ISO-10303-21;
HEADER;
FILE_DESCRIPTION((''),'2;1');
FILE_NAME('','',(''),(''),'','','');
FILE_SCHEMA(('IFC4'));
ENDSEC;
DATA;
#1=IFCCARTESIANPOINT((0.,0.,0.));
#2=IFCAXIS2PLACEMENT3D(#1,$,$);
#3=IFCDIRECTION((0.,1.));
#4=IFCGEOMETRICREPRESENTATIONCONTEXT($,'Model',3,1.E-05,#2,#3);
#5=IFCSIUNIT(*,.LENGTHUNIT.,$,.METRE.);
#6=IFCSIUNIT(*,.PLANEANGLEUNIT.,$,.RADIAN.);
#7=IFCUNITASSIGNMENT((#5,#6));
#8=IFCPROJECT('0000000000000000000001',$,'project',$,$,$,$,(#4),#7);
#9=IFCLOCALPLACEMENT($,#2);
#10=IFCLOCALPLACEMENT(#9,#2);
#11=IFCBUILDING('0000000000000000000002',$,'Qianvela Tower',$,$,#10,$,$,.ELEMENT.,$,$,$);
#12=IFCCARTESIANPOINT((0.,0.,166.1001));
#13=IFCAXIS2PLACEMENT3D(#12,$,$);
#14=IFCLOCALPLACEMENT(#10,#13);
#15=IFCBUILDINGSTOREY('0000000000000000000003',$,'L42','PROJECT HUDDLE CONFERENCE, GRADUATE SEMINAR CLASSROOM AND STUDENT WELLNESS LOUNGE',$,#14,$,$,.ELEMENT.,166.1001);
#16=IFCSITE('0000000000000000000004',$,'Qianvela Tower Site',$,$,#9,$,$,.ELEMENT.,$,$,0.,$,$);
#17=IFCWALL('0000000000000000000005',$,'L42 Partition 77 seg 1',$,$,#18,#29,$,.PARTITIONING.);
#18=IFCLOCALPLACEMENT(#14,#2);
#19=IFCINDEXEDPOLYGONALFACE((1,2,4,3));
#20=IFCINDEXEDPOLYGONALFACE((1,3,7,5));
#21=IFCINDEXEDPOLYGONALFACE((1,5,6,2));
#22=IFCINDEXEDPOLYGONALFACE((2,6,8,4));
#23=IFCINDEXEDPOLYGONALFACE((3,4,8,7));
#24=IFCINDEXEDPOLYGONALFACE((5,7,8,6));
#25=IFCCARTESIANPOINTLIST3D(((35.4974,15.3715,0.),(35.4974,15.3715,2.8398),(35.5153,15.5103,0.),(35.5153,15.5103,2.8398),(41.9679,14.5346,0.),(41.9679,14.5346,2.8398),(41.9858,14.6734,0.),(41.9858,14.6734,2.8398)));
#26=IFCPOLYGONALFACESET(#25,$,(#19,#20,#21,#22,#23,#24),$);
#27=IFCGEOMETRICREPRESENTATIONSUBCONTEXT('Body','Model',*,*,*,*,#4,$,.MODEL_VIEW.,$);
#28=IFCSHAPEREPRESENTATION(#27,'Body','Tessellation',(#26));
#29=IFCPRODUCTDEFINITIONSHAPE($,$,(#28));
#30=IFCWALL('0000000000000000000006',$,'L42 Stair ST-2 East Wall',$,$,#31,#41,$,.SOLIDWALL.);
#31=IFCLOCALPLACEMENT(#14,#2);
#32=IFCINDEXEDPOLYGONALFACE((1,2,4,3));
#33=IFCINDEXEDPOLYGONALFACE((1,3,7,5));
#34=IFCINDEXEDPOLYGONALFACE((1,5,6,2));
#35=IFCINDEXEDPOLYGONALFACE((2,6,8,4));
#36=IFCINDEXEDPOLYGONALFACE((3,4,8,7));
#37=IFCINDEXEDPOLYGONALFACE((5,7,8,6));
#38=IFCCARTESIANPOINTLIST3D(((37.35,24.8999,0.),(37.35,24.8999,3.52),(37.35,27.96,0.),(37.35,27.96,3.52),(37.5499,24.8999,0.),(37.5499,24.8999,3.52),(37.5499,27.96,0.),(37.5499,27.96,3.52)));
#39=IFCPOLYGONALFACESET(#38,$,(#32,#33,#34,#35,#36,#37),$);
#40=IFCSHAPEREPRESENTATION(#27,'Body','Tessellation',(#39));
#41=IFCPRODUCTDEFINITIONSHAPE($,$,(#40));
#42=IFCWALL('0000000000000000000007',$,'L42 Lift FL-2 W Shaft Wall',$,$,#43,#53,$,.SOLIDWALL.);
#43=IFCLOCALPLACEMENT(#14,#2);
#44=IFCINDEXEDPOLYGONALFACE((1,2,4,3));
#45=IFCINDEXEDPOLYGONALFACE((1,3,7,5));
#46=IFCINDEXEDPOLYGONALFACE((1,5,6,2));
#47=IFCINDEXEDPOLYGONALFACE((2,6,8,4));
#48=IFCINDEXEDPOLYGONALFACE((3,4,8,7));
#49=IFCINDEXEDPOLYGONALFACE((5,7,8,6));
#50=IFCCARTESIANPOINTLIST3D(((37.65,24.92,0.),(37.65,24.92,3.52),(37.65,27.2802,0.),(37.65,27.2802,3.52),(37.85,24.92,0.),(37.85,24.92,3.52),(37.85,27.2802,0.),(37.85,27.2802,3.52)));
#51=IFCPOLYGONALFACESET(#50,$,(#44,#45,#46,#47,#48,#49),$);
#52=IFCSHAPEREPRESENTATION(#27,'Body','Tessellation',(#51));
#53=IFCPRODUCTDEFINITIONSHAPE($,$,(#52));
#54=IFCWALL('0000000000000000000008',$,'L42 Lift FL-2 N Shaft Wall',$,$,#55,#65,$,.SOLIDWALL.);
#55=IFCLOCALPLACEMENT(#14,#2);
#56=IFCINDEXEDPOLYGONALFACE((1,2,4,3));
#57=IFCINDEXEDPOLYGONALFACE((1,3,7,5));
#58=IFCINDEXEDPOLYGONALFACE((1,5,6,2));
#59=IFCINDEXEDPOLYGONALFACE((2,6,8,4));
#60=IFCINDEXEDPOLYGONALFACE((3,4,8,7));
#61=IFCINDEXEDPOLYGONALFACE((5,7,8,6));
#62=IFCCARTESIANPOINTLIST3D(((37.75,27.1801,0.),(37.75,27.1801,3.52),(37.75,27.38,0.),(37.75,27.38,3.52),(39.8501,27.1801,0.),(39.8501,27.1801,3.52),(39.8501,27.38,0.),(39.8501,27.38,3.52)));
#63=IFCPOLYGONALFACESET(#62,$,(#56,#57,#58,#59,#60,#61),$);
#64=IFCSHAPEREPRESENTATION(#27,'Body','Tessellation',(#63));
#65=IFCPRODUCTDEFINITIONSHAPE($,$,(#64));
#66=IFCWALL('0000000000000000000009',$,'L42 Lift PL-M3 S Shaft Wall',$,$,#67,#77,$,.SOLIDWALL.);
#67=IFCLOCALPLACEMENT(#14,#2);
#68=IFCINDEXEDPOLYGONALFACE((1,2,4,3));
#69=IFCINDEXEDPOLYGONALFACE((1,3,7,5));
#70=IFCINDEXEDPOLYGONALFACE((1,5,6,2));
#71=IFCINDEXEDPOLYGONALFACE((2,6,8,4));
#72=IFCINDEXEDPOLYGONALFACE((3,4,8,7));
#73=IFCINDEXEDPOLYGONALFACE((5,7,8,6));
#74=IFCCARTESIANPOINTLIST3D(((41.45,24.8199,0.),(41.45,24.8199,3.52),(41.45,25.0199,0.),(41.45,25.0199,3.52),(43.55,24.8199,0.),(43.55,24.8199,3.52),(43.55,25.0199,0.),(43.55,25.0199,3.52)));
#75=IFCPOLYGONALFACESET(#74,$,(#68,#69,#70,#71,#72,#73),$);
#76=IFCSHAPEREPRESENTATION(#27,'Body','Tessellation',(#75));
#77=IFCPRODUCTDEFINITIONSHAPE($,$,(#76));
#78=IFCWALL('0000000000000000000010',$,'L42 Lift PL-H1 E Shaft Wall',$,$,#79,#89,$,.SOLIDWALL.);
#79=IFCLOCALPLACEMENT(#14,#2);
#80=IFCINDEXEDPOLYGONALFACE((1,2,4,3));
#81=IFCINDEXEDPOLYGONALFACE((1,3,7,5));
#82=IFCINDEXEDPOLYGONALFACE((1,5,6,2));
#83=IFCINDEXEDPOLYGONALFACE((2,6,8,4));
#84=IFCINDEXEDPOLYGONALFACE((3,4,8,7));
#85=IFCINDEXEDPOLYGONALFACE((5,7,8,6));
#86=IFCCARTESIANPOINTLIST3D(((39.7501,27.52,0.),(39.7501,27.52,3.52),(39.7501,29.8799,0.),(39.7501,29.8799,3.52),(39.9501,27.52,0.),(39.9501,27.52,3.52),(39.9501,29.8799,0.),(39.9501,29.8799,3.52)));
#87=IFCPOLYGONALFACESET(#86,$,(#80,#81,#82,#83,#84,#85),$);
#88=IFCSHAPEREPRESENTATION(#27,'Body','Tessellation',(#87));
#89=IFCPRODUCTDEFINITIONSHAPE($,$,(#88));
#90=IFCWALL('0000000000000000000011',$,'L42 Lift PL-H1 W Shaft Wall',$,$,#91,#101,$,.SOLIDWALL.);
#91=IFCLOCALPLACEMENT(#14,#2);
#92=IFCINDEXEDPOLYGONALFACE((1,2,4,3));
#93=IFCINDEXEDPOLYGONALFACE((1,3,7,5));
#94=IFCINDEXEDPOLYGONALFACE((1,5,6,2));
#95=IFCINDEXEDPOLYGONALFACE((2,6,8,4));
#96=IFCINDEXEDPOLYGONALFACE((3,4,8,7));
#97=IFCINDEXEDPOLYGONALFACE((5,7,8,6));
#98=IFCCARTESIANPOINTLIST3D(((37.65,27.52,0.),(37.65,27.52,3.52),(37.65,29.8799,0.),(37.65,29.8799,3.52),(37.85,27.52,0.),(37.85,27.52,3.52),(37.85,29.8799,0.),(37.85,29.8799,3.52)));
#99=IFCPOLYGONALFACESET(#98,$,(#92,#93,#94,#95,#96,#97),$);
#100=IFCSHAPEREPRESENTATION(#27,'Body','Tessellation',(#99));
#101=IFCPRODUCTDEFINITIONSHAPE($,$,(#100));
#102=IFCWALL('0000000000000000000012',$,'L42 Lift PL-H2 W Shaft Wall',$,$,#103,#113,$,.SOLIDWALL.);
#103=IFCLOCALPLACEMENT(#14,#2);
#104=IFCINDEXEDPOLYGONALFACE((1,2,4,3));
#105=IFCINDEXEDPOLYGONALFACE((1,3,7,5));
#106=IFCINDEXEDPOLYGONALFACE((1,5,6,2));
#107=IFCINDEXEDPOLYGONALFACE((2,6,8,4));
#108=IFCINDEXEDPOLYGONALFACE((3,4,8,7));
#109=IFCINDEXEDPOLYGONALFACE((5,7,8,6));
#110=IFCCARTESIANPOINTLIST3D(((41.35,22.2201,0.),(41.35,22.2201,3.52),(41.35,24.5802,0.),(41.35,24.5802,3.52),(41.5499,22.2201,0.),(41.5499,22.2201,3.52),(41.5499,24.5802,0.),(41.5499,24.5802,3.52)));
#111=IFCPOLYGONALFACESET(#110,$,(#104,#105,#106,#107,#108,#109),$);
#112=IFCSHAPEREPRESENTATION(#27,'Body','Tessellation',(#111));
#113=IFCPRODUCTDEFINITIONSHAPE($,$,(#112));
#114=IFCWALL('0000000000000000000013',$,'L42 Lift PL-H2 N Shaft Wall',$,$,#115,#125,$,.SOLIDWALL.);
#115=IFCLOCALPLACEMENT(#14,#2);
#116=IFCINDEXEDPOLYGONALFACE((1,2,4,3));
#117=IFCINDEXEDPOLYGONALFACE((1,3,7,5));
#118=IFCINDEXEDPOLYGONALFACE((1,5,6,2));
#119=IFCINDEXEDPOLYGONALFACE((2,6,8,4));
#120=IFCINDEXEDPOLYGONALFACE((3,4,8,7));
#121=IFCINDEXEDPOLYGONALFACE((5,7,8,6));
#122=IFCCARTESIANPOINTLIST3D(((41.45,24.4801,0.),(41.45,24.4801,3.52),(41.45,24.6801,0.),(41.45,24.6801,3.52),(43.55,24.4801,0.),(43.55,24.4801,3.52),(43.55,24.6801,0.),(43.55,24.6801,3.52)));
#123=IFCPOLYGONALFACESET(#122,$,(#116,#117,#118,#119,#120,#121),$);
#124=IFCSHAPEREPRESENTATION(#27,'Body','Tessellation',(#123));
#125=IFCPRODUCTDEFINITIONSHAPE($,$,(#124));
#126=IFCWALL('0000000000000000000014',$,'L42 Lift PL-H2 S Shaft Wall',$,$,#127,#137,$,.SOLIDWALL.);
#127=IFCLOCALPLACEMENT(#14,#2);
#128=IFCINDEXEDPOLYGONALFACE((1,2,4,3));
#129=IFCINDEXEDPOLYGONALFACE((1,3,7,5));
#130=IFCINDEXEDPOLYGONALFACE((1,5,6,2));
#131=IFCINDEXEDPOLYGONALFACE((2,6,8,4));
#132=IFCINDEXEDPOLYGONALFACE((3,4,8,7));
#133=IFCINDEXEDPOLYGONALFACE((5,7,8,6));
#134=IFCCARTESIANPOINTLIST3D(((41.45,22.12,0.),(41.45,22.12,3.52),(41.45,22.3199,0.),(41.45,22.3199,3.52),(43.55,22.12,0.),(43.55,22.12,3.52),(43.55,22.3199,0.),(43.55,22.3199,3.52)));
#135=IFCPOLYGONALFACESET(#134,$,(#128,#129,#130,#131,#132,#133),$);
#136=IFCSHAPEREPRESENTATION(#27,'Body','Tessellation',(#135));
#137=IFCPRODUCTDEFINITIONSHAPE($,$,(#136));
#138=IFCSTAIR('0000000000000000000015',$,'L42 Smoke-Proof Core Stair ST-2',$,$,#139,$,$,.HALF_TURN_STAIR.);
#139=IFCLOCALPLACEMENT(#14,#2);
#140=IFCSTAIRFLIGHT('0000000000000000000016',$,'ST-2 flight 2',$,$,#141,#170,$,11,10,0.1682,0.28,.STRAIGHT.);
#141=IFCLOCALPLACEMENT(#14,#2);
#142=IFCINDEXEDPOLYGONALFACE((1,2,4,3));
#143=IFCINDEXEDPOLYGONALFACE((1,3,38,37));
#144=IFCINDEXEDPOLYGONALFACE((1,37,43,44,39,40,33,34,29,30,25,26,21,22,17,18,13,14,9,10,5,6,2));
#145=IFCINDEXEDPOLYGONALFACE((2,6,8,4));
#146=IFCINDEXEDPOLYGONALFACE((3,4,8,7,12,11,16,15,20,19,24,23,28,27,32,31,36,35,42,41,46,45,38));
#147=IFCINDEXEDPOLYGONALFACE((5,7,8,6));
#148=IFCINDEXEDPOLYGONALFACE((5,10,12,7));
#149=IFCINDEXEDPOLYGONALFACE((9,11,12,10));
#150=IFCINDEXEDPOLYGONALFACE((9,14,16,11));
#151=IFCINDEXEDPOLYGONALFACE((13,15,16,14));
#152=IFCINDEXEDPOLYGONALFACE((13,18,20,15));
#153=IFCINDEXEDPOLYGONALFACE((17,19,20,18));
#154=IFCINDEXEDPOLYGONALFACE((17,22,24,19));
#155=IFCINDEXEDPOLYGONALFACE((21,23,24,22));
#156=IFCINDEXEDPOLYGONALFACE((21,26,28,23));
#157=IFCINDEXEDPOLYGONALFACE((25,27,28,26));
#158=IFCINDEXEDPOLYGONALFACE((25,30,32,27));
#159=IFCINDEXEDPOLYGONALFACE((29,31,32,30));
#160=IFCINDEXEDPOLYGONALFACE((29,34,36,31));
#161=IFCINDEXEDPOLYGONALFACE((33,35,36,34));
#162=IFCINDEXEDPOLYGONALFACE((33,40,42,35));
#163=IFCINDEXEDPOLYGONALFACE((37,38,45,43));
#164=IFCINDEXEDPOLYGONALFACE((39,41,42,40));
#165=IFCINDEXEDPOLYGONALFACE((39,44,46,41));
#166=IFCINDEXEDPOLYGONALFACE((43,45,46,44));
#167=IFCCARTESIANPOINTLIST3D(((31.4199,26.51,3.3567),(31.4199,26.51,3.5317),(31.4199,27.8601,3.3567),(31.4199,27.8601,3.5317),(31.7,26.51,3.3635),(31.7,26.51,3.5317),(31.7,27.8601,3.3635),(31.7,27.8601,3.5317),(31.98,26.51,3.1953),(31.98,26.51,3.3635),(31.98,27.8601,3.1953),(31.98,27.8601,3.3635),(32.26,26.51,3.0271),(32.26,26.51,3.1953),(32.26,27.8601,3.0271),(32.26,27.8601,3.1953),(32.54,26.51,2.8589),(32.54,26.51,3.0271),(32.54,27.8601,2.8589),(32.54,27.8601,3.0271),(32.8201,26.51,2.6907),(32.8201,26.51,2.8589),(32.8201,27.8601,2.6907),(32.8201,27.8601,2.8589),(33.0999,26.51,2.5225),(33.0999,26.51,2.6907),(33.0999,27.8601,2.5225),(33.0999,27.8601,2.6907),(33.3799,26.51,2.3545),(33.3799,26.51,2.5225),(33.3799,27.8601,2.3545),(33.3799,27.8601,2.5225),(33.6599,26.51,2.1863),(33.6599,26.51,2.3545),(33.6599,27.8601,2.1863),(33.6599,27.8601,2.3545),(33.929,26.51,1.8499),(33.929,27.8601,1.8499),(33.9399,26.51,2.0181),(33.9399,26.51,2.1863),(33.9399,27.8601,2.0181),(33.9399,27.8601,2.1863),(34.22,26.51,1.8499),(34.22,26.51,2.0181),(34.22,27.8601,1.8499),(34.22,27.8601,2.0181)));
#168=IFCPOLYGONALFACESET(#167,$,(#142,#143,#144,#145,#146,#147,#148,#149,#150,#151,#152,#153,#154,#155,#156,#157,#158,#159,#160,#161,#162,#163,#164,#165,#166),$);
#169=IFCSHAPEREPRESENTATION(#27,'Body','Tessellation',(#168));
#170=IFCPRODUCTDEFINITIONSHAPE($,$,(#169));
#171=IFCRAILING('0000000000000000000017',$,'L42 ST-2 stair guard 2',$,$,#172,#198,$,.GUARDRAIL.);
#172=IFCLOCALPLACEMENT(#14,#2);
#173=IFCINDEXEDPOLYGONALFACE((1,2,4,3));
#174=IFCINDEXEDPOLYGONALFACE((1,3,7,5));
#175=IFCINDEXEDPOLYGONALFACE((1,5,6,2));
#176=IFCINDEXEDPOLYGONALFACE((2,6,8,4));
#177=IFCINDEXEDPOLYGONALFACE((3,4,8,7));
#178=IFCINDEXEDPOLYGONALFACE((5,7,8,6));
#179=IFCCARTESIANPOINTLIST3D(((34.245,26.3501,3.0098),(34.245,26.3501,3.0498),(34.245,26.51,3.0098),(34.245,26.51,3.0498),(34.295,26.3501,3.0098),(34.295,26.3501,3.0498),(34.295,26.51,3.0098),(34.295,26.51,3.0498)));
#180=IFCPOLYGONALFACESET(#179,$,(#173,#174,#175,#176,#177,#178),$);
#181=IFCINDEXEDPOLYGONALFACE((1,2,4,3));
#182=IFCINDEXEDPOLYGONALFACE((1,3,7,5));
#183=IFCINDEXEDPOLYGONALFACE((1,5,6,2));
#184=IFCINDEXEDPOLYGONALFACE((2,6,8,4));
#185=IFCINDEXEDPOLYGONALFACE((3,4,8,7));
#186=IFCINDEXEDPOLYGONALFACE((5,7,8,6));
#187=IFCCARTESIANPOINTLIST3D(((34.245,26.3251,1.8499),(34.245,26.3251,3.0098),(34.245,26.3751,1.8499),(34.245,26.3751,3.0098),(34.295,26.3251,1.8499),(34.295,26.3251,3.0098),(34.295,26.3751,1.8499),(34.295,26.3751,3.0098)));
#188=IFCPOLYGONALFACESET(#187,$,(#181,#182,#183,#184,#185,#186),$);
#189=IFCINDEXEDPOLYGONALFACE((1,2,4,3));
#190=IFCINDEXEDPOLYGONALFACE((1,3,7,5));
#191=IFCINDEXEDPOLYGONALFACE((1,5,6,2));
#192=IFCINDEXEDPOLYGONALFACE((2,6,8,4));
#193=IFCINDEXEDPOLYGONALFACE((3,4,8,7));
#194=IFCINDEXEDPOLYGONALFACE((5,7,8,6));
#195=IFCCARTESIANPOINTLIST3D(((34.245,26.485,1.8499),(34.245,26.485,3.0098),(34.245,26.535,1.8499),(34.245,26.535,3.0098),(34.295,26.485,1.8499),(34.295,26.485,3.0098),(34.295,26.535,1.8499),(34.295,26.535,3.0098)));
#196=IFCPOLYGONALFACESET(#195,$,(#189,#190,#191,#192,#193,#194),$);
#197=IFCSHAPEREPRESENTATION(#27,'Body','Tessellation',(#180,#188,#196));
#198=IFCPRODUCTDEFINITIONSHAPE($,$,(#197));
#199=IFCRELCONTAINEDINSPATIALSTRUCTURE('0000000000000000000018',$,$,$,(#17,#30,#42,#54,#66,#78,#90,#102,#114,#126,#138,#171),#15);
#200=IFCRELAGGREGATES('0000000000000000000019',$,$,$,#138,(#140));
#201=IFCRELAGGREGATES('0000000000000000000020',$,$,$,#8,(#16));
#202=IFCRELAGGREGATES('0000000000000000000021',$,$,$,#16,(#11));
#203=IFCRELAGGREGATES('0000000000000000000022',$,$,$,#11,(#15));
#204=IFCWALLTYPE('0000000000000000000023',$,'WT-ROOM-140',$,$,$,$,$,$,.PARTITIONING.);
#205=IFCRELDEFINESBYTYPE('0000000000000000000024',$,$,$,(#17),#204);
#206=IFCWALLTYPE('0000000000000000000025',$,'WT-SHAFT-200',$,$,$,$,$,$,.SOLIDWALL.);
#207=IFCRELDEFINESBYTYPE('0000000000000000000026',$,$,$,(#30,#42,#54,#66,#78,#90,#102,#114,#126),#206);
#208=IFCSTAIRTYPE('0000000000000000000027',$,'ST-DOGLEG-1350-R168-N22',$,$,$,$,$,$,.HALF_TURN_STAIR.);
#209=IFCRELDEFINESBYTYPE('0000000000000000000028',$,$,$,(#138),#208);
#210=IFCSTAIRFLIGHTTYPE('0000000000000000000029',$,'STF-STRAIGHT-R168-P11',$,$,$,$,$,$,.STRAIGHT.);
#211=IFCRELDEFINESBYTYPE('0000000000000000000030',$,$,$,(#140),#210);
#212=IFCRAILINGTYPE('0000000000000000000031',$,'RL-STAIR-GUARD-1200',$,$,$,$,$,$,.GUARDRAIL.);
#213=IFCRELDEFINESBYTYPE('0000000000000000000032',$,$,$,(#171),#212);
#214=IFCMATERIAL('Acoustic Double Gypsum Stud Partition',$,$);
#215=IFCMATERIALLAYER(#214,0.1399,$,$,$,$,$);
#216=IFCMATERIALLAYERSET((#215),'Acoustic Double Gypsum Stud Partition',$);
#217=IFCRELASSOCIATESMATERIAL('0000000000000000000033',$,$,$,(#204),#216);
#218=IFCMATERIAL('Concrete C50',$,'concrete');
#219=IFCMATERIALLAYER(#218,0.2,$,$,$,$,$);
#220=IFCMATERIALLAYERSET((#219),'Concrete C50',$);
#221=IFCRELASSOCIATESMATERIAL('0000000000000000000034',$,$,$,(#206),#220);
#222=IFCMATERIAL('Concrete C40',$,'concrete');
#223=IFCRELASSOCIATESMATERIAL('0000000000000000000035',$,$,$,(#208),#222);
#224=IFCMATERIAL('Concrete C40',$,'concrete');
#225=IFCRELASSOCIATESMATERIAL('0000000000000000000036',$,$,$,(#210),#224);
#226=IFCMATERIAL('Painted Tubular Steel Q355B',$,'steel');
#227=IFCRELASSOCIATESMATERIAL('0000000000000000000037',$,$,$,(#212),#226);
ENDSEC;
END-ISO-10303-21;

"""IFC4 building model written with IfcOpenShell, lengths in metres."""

from ifc_helpers import new_model, si_unit, direction, frame, frame_2d, origin, origin_2d, place, context, subcontext, project, spatial, polyline, rectangle, outline, extrude, material, layer, layer_set, type_object, element, aggregate, save


model = new_model("IFC4")

# Units and contexts
model_context = context("Model", 3, precision=1e-05, world=origin(), true_north=direction((0.0, 1.0)))
body_context = subcontext(model_context, "Body", "Model", "MODEL_VIEW")
ifc_project = project(units=[si_unit("LENGTHUNIT", "METRE"), si_unit("PLANEANGLEUNIT", "RADIAN")], contexts=[model_context])

# Site, building, storey
site_placement = place(None, origin())
site = spatial("IfcSite", under=ifc_project, at=site_placement, Name="Qianvela Tower Site", CompositionType="ELEMENT", RefElevation=0.0)
building_placement = place(site_placement, origin())
building = spatial("IfcBuilding", under=site, at=building_placement, Name="Qianvela Tower", CompositionType="ELEMENT")
storey_placement = place(building_placement, frame((0.0, 0.0, 166.1001)))
storey = spatial("IfcBuildingStorey", under=building, at=storey_placement, Name="L42", Description="PROJECT HUDDLE CONFERENCE, GRADUATE SEMINAR CLASSROOM AND STUDENT WELLNESS LOUNGE", CompositionType="ELEMENT", Elevation=166.1001)

# Walls
ifc_material_1 = material(Name="Acoustic Double Gypsum Stud Partition")
ifc_layer_1 = layer(ifc_material_1, 0.1399)
ifc_layer_set_1 = layer_set([ifc_layer_1], Name="Acoustic Double Gypsum Stud Partition")
wall_type_1 = type_object("IfcWallType", Name="WT-ROOM-140", PredefinedType="PARTITIONING", material=ifc_layer_set_1)
wall_1_placement = place(storey_placement, frame((35.5063, 15.4409, 0.0), z_axis=(0.0, 0.0, 1.0), x_axis=(0.991739, -0.128275, 0.0)))
element("IfcWall", 1, at=wall_1_placement, inside=storey, type_object=wall_type_1, Name="L42 Partition 77 seg 1", PredefinedType="PARTITIONING", context=body_context, shape_type="SweptSolid", body=[
    extrude(rectangle(XDim=6.5244, YDim=0.1399, at=frame_2d((3.2622, 0.0))), origin(), (0.0, 0.0, 1.0), 2.8398),
])
ifc_material_2 = material(Name="Concrete C50", Category="concrete")
ifc_layer_2 = layer(ifc_material_2, 0.2)
ifc_layer_set_2 = layer_set([ifc_layer_2], Name="Concrete C50")
wall_type_2 = type_object("IfcWallType", Name="WT-SHAFT-200", PredefinedType="SOLIDWALL", material=ifc_layer_set_2)
wall_2_placement = place(storey_placement, frame((37.45, 24.8999, 0.0), z_axis=(0.0, 0.0, 1.0), x_axis=(0.0, 1.0, 0.0)))
element("IfcWall", 2, at=wall_2_placement, inside=storey, type_object=wall_type_2, Name="L42 Stair ST-2 East Wall", PredefinedType="SOLIDWALL", context=body_context, shape_type="SweptSolid", body=[
    extrude(rectangle(XDim=3.0601, YDim=0.2, at=frame_2d((1.53, 0.0))), origin(), (0.0, 0.0, 1.0), 3.52),
])

# Walls
wall_3_placement = place(storey_placement, frame((37.75, 24.9199, 0.0), z_axis=(0.0, 0.0, 1.0), x_axis=(0.0, 1.0, 0.0)))
element("IfcWall", 3, at=wall_3_placement, inside=storey, type_object=wall_type_2, Name="L42 Lift FL-2 W Shaft Wall", PredefinedType="SOLIDWALL", context=body_context, shape_type="SweptSolid", body=[
    extrude(rectangle(XDim=2.3601, YDim=0.2, at=frame_2d((1.1802, 0.0))), origin(), (0.0, 0.0, 1.0), 3.52),
])
wall_4_placement = place(storey_placement, frame((37.75, 27.28, 0.0), z_axis=(0.0, 0.0, 1.0), x_axis=(1.0, 0.0, 0.0)))
element("IfcWall", 4, at=wall_4_placement, inside=storey, type_object=wall_type_2, Name="L42 Lift FL-2 N Shaft Wall", PredefinedType="SOLIDWALL", context=body_context, shape_type="SweptSolid", body=[
    extrude(rectangle(XDim=2.1001, YDim=0.2, at=frame_2d((1.05, 0.0))), origin(), (0.0, 0.0, 1.0), 3.52),
])

# Walls
wall_5_placement = place(storey_placement, frame((41.45, 24.9199, 0.0), z_axis=(0.0, 0.0, 1.0), x_axis=(1.0, 0.0, 0.0)))
element("IfcWall", 5, at=wall_5_placement, inside=storey, type_object=wall_type_2, Name="L42 Lift PL-M3 S Shaft Wall", PredefinedType="SOLIDWALL", context=body_context, shape_type="SweptSolid", body=[
    extrude(rectangle(XDim=2.1001, YDim=0.2, at=frame_2d((1.05, 0.0))), origin(), (0.0, 0.0, 1.0), 3.52),
])
for number, where, z_axis, x_axis, name in (
    (6, (39.8501, 27.52, 0.0), (0.0, 0.0, 1.0), (0.0, 1.0, 0.0), "L42 Lift PL-H1 E Shaft Wall"),
    (7, (37.75, 27.52, 0.0), (0.0, 0.0, 1.0), (0.0, 1.0, 0.0), "L42 Lift PL-H1 W Shaft Wall"),
):
    element("IfcWall", number, at=place(storey_placement, frame(where, z_axis=z_axis, x_axis=x_axis)), inside=storey, type_object=wall_type_2, Name=name, PredefinedType="SOLIDWALL", context=body_context, shape_type="SweptSolid", body=[
        extrude(rectangle(XDim=2.3599, YDim=0.2, at=frame_2d((1.1799, 0.0))), origin(), (0.0, 0.0, 1.0), 3.52),
    ])
wall_6_placement = place(storey_placement, frame((41.45, 22.22, 0.0), z_axis=(0.0, 0.0, 1.0), x_axis=(0.0, 1.0, 0.0)))
element("IfcWall", 8, at=wall_6_placement, inside=storey, type_object=wall_type_2, Name="L42 Lift PL-H2 W Shaft Wall", PredefinedType="SOLIDWALL", context=body_context, shape_type="SweptSolid", body=[
    extrude(rectangle(XDim=2.3601, YDim=0.2, at=frame_2d((1.1802, 0.0))), origin(), (0.0, 0.0, 1.0), 3.52),
])
for number, where, z_axis, x_axis, name in (
    (9, (41.45, 24.5801, 0.0), (0.0, 0.0, 1.0), (1.0, 0.0, 0.0), "L42 Lift PL-H2 N Shaft Wall"),
    (10, (41.45, 22.22, 0.0), (0.0, 0.0, 1.0), (1.0, 0.0, 0.0), "L42 Lift PL-H2 S Shaft Wall"),
):
    element("IfcWall", number, at=place(storey_placement, frame(where, z_axis=z_axis, x_axis=x_axis)), inside=storey, type_object=wall_type_2, Name=name, PredefinedType="SOLIDWALL", context=body_context, shape_type="SweptSolid", body=[
        extrude(rectangle(XDim=2.1001, YDim=0.2, at=frame_2d((1.05, 0.0))), origin(), (0.0, 0.0, 1.0), 3.52),
    ])

# Stair, stair flight
ifc_material_3 = material(Name="Concrete C40", Category="concrete")
stair_type = type_object("IfcStairType", Name="ST-DOGLEG-1350-R168-N22", PredefinedType="HALF_TURN_STAIR", material=ifc_material_3)
stair_placement = place(storey_placement, origin())
stair = element("IfcStair", 11, at=stair_placement, inside=storey, type_object=stair_type, Name="L42 Smoke-Proof Core Stair ST-2", PredefinedType="HALF_TURN_STAIR")
ifc_material_4 = material(Name="Concrete C40", Category="concrete")
stair_flight_type = type_object("IfcStairFlightType", Name="STF-STRAIGHT-R168-P11", PredefinedType="STRAIGHT", material=ifc_material_4)
stair_flight_placement = place(storey_placement, frame((34.22, 27.1851, 1.8499), z_axis=(0.0, 0.0, 1.0), x_axis=(-1.0, 0.0, 0.0)))
stair_flight = element("IfcStairFlight", 12, at=stair_flight_placement, type_object=stair_flight_type, Name="ST-2 flight 2", NumberOfRisers=11, NumberOfTreads=10, PredefinedType="STRAIGHT", RiserHeight=0.1682, TreadLength=0.28, context=body_context, shape_type="SweptSolid", body=[
    extrude(outline(polyline([(0.0, 0.0), (0.0, 0.1682), (0.28, 0.1682), (0.28, 0.3364), (0.5601, 0.3364), (0.5601, 0.5046), (0.8401, 0.5046), (0.8401, 0.6726), (1.1201, 0.6726), (1.1201, 0.8408), (1.3999, 0.8408), (1.3999, 1.009), (1.6799, 1.009), (1.6799, 1.1772), (1.96, 1.1772), (1.96, 1.3455), (2.24, 1.3455), (2.24, 1.5137), (2.52, 1.5137), (2.52, 1.6819), (2.8, 1.6819), (2.8, 1.8501), (2.8, 1.5068), (0.291, 0.0), (0.0, 0.0)])), frame((0.0, 0.675, 0.0), z_axis=(0.0, -1.0, 0.0), x_axis=(1.0, 0.0, 0.0)), (0.0, 0.0, 1.0), 1.3501),
])
aggregate(stair, [stair_flight])

# Railing
ifc_material_5 = material(Name="Painted Tubular Steel Q355B", Category="steel")
railing_type = type_object("IfcRailingType", Name="RL-STAIR-GUARD-1200", PredefinedType="GUARDRAIL", material=ifc_material_5)
railing_1_placement = place(storey_placement, frame((34.27, 26.3501, 1.8499)))
element("IfcRailing", 13, at=railing_1_placement, inside=storey, type_object=railing_type, Name="L42 ST-2 stair guard 2", PredefinedType="GUARDRAIL", context=body_context, shape_type="SweptSolid", body=[
    extrude(rectangle(XDim=0.05, YDim=0.04, at=origin_2d()), frame((0.0, 0.0, 1.1799), z_axis=(0.0, 1.0, 0.0), x_axis=(-1.0, 0.0, 0.0)), (0.0, 0.0, 1.0), 0.1599),
    extrude(rectangle(XDim=0.05, YDim=0.05, at=origin_2d()), origin(), (0.0, 0.0, 1.0), 1.1599),
    extrude(rectangle(XDim=0.05, YDim=0.05, at=origin_2d()), frame((0.0, 0.1599, 0.0)), (0.0, 0.0, 1.0), 1.1599),
])

save(model, "model.ifc")
